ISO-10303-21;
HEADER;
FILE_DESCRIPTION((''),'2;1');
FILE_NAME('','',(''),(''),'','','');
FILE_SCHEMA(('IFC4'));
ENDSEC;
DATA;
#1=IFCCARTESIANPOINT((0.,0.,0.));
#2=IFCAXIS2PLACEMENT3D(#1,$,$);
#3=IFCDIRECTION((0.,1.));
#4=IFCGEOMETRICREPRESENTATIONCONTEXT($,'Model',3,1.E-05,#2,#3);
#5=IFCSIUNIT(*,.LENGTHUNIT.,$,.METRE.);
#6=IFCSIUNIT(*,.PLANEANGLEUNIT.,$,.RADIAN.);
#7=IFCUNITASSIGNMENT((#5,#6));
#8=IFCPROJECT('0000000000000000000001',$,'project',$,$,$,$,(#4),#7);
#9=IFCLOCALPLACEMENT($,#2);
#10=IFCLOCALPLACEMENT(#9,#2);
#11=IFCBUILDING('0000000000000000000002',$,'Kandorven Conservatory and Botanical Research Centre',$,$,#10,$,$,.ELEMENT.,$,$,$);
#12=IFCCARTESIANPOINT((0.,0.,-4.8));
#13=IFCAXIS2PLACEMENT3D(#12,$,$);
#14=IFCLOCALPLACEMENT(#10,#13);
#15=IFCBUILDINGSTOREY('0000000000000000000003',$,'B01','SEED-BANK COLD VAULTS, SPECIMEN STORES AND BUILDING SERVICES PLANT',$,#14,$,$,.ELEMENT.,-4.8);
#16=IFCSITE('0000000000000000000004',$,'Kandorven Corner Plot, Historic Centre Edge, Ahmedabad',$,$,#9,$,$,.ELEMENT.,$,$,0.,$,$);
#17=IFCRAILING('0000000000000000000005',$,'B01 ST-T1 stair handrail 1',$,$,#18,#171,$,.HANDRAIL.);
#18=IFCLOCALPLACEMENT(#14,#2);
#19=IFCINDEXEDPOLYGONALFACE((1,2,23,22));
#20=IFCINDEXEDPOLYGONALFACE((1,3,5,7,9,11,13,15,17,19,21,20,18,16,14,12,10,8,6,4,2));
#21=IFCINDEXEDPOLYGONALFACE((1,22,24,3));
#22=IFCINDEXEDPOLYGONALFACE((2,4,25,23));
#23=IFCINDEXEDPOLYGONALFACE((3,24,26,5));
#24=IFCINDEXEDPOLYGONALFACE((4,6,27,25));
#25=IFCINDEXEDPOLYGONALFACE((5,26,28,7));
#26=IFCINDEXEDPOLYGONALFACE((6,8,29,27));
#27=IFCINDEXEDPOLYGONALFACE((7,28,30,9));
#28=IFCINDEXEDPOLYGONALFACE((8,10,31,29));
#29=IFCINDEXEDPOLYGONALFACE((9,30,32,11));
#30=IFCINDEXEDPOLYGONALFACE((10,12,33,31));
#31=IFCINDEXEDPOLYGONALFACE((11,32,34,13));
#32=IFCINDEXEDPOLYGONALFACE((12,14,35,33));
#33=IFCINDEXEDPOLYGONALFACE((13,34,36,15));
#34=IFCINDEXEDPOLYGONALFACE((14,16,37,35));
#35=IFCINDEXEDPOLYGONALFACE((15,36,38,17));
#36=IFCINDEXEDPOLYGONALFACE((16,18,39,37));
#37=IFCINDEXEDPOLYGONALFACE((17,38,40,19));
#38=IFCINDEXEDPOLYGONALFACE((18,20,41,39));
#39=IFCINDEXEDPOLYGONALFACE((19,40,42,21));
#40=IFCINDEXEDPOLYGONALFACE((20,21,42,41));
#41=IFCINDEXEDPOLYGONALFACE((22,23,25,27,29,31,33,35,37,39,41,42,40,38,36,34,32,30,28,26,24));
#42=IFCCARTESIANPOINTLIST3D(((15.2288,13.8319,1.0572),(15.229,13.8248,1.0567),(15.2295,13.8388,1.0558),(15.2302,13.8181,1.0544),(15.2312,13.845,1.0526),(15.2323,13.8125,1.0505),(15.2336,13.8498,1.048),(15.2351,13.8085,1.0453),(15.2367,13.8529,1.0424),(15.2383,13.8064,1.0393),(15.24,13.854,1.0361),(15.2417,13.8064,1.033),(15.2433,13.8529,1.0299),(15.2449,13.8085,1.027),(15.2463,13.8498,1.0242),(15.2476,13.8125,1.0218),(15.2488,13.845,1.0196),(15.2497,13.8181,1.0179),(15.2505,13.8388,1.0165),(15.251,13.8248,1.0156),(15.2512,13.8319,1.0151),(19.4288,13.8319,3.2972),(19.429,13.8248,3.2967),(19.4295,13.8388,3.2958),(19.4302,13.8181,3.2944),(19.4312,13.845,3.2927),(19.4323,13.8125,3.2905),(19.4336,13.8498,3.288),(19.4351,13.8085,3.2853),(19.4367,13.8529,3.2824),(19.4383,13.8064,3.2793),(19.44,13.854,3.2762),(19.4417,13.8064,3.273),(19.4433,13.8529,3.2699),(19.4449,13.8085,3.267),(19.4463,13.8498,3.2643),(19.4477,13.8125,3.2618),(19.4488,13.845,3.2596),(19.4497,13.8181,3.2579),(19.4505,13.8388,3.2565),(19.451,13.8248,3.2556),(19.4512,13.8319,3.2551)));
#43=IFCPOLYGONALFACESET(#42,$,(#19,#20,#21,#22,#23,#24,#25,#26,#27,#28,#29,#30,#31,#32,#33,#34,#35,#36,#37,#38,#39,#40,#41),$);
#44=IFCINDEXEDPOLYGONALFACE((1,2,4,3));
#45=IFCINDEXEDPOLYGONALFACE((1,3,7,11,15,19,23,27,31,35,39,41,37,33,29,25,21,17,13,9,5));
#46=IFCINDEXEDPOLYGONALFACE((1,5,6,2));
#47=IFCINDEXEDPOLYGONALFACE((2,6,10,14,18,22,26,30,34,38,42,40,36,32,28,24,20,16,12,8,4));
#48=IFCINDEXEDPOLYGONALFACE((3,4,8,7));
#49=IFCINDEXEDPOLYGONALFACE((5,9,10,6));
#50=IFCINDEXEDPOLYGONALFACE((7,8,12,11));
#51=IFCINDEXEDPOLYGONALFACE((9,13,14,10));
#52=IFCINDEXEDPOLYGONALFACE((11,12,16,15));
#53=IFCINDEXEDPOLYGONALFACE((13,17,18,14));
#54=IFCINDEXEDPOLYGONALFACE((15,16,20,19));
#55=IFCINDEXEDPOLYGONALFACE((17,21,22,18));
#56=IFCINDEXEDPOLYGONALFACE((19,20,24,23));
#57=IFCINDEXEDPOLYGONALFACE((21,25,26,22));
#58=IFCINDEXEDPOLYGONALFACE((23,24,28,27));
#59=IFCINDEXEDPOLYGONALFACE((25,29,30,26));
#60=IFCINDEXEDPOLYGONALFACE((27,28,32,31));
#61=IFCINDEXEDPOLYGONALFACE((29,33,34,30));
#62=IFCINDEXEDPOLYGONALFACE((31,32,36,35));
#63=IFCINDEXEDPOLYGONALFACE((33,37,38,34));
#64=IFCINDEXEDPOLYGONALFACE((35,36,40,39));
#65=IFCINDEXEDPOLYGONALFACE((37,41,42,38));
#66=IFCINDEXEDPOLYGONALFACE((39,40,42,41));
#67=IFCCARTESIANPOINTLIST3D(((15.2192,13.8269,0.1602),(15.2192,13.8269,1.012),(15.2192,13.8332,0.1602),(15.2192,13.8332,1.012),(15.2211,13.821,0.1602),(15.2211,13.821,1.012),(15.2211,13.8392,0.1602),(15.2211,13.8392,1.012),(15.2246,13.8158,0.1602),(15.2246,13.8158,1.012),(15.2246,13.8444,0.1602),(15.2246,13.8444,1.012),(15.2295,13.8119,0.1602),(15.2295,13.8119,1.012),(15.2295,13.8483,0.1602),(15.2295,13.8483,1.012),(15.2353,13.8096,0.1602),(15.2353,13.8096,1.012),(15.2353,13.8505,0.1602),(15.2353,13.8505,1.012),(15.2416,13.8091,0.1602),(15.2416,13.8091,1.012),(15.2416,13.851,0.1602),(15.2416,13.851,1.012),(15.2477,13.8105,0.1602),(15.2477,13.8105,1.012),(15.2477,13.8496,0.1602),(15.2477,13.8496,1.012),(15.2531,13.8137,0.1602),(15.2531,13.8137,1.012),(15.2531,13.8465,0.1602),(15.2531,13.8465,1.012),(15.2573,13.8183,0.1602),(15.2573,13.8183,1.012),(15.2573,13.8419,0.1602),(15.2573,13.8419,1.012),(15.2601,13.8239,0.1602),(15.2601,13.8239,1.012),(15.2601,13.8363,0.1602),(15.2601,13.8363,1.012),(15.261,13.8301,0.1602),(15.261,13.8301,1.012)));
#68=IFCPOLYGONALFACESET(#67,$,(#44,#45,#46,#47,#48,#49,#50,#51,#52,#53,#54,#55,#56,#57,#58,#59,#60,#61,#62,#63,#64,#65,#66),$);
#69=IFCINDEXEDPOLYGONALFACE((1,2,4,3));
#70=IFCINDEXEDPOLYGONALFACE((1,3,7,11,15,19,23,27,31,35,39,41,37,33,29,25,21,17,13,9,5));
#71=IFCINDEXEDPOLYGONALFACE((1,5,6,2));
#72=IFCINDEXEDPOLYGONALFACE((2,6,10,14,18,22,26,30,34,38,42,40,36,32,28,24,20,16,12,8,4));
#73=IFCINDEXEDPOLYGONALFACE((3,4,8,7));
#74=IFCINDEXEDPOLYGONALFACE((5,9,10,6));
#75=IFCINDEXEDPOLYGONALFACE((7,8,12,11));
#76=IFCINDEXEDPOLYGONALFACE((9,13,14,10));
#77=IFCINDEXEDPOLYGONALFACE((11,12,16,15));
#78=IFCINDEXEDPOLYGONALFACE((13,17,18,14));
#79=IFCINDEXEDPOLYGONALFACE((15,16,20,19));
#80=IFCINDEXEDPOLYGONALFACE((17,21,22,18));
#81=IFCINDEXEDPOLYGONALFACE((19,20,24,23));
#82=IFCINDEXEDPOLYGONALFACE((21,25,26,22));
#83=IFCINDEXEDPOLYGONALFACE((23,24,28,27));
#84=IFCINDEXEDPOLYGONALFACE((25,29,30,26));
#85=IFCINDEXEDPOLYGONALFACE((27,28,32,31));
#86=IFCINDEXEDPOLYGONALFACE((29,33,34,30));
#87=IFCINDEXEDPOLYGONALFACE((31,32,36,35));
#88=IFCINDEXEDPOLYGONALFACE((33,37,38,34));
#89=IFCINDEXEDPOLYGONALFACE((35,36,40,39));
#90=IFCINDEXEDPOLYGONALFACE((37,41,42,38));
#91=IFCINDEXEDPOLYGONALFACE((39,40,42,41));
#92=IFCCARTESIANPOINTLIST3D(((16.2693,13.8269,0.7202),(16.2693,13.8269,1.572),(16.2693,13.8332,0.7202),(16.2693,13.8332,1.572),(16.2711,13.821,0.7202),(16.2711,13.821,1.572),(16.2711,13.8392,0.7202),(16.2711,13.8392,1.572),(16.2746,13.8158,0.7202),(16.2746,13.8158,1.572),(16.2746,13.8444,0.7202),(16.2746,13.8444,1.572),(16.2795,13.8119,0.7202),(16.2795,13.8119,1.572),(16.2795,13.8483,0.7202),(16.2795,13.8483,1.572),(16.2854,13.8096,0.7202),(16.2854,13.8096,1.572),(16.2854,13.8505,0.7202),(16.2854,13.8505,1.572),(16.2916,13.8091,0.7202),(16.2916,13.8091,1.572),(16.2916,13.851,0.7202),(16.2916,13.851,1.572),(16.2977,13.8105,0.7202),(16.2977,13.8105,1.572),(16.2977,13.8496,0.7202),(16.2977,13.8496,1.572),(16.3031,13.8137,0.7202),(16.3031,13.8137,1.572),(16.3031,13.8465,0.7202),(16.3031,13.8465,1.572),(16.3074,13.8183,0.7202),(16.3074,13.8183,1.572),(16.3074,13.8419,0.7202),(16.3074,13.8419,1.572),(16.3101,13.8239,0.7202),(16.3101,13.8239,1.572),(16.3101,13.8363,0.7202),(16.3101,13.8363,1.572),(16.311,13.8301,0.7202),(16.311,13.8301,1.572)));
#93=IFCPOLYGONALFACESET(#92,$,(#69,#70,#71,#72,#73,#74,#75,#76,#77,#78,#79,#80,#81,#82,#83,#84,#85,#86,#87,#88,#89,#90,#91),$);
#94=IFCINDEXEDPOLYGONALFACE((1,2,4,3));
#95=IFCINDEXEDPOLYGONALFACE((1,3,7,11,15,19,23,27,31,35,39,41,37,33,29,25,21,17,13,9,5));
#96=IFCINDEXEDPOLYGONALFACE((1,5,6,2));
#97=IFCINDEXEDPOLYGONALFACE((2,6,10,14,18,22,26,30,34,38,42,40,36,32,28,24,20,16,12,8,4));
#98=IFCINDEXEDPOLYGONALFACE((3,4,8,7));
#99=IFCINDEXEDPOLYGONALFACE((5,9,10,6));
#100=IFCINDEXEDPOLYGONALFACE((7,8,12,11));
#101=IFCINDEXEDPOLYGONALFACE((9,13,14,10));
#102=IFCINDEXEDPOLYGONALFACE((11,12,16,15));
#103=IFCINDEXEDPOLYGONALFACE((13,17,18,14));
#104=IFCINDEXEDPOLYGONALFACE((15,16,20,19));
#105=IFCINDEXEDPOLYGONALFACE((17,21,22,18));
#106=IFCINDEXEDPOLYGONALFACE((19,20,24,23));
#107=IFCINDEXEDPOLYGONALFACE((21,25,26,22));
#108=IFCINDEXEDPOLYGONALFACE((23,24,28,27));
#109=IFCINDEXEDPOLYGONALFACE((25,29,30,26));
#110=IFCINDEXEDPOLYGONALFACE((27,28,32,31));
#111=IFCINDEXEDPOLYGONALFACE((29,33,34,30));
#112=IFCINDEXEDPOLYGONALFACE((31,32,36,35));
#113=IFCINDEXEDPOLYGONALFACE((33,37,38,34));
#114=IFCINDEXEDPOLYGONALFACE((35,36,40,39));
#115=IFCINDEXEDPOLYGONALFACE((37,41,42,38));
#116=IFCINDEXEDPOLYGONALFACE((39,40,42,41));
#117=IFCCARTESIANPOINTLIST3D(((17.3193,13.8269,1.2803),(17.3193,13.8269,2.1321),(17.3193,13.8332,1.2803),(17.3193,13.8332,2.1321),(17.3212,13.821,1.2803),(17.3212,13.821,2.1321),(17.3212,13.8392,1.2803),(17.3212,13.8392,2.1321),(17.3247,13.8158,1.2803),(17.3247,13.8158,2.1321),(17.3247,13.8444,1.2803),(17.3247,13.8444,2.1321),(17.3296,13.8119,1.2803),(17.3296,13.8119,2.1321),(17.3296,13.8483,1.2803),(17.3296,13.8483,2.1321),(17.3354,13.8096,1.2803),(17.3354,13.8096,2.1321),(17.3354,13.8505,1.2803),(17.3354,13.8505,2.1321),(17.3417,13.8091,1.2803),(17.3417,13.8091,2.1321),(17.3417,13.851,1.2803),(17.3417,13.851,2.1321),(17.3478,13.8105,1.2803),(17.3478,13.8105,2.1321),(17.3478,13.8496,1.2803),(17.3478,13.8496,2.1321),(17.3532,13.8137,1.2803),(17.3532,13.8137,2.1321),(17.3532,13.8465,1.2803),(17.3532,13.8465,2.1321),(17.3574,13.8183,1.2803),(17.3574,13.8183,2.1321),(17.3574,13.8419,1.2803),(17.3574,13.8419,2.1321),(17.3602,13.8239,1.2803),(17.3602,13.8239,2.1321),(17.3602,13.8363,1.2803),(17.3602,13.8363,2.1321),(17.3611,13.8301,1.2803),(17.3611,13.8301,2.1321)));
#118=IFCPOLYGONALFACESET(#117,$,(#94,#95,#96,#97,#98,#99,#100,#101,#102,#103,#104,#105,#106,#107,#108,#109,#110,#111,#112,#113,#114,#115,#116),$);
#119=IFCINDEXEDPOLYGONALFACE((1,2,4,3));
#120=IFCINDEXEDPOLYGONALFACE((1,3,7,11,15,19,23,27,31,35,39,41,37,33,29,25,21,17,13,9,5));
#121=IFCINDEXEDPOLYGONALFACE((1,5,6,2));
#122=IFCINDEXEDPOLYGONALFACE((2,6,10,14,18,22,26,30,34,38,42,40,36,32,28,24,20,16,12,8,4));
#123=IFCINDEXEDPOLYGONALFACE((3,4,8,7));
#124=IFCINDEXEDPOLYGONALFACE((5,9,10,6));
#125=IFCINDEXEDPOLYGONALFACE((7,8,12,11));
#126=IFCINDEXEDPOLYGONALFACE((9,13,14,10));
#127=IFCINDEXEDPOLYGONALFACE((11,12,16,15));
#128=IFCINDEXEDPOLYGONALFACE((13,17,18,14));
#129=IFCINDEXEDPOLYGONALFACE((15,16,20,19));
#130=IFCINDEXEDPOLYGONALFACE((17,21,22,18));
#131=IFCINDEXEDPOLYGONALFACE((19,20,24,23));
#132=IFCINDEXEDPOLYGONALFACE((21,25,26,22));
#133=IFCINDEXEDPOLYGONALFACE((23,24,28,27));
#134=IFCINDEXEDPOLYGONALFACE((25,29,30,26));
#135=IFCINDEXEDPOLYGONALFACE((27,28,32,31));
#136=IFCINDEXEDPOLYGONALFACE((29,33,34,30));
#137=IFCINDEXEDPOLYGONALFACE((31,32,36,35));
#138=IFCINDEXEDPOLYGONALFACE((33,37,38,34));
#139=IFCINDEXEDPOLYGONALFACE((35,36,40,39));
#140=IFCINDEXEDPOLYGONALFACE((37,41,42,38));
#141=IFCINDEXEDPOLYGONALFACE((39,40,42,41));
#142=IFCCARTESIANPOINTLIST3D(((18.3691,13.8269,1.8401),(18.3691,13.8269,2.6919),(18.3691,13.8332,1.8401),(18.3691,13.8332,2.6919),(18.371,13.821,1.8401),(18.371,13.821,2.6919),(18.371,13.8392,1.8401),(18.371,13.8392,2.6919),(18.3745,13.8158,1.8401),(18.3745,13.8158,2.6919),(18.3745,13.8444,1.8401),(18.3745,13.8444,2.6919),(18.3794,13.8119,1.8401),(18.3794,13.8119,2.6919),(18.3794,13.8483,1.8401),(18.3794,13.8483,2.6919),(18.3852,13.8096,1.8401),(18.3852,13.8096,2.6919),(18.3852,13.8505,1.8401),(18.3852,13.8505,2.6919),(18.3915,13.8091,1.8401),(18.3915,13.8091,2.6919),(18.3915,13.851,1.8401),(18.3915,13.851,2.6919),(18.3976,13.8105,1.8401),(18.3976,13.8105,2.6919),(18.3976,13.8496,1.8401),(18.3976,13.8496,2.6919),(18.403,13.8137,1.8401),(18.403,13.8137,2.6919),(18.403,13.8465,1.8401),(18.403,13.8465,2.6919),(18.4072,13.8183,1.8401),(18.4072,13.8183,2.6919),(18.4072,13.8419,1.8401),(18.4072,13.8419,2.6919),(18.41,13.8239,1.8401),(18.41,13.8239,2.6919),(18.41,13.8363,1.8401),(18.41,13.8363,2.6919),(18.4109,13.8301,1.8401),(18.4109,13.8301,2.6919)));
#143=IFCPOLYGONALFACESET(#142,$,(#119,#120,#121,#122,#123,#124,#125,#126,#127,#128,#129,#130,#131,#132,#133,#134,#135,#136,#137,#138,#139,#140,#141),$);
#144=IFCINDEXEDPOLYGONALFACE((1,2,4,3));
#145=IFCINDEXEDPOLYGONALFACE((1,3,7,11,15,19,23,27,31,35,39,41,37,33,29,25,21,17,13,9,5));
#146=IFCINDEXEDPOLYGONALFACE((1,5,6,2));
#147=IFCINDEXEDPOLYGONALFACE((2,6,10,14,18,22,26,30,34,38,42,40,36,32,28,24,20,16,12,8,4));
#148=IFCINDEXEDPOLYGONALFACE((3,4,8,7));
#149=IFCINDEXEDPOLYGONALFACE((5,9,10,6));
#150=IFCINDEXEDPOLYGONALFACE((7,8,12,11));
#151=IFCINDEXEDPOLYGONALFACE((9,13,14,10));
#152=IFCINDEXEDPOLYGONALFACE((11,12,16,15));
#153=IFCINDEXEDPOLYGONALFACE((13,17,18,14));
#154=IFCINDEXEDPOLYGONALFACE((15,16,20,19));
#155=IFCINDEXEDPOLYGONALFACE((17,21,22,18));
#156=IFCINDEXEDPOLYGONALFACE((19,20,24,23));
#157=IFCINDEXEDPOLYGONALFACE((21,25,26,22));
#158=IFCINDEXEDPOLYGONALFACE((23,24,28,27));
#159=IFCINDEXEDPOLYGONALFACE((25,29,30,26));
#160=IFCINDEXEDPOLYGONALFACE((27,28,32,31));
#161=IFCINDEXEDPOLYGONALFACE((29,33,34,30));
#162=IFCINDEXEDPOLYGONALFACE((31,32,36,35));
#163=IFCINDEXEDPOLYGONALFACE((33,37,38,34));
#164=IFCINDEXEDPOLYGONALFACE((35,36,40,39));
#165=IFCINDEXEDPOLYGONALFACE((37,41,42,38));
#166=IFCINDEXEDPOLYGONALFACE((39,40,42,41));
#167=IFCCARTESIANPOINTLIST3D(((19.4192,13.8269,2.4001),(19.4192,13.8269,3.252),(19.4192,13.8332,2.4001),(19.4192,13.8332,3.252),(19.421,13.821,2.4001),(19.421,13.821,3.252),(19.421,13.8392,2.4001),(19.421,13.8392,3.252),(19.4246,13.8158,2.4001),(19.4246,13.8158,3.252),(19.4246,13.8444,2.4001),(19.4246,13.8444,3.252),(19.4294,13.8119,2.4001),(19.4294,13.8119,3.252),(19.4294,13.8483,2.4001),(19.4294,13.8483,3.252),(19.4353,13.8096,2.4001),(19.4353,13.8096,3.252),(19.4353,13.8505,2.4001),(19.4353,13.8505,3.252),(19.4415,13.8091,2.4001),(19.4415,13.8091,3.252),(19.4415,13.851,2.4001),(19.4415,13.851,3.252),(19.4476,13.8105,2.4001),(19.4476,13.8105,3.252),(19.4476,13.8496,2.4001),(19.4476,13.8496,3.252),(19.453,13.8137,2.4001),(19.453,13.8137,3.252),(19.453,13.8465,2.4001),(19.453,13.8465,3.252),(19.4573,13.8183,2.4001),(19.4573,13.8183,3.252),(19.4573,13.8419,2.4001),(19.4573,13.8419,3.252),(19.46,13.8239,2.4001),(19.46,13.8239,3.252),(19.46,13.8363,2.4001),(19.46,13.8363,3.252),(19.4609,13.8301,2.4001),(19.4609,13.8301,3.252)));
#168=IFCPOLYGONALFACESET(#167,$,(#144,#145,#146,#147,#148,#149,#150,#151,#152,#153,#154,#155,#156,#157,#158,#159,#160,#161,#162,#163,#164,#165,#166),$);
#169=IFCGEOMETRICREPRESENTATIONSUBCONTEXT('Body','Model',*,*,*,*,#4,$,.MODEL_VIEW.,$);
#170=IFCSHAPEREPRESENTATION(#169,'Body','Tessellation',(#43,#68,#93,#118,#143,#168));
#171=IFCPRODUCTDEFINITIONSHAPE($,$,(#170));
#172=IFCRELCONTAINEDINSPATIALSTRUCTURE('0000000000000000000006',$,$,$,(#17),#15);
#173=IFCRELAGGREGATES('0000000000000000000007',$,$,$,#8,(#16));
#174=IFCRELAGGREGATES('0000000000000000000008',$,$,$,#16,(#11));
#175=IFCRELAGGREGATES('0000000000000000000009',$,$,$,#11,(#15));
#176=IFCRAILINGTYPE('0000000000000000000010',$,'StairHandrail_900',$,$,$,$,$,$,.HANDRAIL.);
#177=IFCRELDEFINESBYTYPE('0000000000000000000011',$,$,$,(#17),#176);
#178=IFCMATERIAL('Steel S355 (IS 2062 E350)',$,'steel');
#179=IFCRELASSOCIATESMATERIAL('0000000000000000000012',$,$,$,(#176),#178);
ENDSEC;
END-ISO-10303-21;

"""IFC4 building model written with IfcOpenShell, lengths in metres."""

from ifc_helpers import new_model, si_unit, direction, frame, origin, origin_2d, place, context, subcontext, project, spatial, circle, extrude, material, type_object, element, save


model = new_model("IFC4")

# Units and contexts
model_context = context("Model", 3, precision=1e-05, world=origin(), true_north=direction((0.0, 1.0)))
body_context = subcontext(model_context, "Body", "Model", "MODEL_VIEW")
ifc_project = project(units=[si_unit("LENGTHUNIT", "METRE"), si_unit("PLANEANGLEUNIT", "RADIAN")], contexts=[model_context])

# Site, building, storey
site_placement = place(None, origin())
site = spatial("IfcSite", under=ifc_project, at=site_placement, Name="Kandorven Corner Plot, Historic Centre Edge, Ahmedabad", CompositionType="ELEMENT", RefElevation=0.0)
building_placement = place(site_placement, origin())
building = spatial("IfcBuilding", under=site, at=building_placement, Name="Kandorven Conservatory and Botanical Research Centre", CompositionType="ELEMENT")
storey_placement = place(building_placement, frame((0.0, 0.0, -4.8)))
storey = spatial("IfcBuildingStorey", under=building, at=storey_placement, Name="B01", Description="SEED-BANK COLD VAULTS, SPECIMEN STORES AND BUILDING SERVICES PLANT", CompositionType="ELEMENT", Elevation=-4.8)

# Railing
ifc_material_1 = material(Name="Steel S355 (IS 2062 E350)", Category="steel")
railing_type_1 = type_object("IfcRailingType", Name="StairHandrail_900", PredefinedType="HANDRAIL", material=ifc_material_1)
railing_1_placement = place(storey_placement, frame((15.24, 13.8301, 0.1602)))
element("IfcRailing", 1, at=railing_1_placement, inside=storey, type_object=railing_type_1, Name="B01 ST-T1 stair handrail 1", PredefinedType="HANDRAIL", context=body_context, shape_type="SweptSolid", body=[
    extrude(circle(Radius=0.0239, at=origin_2d()), frame((0.0, 0.0, 0.876), z_axis=(0.882352, 0.0, 0.470591), x_axis=(0.0, 1.0, 0.0)), (0.0, 0.0, 1.0), 4.76),
    extrude(circle(Radius=0.021, at=origin_2d()), origin(), (0.0, 0.0, 1.0), 0.8518),
    extrude(circle(Radius=0.021, at=origin_2d()), frame((1.05, 0.0, 0.5601)), (0.0, 0.0, 1.0), 0.8518),
    extrude(circle(Radius=0.021, at=origin_2d()), frame((2.1001, 0.0, 1.1201)), (0.0, 0.0, 1.0), 0.8518),
    extrude(circle(Radius=0.021, at=origin_2d()), frame((3.1499, 0.0, 1.6799)), (0.0, 0.0, 1.0), 0.8518),
    extrude(circle(Radius=0.021, at=origin_2d()), frame((4.2, 0.0, 2.24)), (0.0, 0.0, 1.0), 0.8518),
])

save(model, "model.ifc")
